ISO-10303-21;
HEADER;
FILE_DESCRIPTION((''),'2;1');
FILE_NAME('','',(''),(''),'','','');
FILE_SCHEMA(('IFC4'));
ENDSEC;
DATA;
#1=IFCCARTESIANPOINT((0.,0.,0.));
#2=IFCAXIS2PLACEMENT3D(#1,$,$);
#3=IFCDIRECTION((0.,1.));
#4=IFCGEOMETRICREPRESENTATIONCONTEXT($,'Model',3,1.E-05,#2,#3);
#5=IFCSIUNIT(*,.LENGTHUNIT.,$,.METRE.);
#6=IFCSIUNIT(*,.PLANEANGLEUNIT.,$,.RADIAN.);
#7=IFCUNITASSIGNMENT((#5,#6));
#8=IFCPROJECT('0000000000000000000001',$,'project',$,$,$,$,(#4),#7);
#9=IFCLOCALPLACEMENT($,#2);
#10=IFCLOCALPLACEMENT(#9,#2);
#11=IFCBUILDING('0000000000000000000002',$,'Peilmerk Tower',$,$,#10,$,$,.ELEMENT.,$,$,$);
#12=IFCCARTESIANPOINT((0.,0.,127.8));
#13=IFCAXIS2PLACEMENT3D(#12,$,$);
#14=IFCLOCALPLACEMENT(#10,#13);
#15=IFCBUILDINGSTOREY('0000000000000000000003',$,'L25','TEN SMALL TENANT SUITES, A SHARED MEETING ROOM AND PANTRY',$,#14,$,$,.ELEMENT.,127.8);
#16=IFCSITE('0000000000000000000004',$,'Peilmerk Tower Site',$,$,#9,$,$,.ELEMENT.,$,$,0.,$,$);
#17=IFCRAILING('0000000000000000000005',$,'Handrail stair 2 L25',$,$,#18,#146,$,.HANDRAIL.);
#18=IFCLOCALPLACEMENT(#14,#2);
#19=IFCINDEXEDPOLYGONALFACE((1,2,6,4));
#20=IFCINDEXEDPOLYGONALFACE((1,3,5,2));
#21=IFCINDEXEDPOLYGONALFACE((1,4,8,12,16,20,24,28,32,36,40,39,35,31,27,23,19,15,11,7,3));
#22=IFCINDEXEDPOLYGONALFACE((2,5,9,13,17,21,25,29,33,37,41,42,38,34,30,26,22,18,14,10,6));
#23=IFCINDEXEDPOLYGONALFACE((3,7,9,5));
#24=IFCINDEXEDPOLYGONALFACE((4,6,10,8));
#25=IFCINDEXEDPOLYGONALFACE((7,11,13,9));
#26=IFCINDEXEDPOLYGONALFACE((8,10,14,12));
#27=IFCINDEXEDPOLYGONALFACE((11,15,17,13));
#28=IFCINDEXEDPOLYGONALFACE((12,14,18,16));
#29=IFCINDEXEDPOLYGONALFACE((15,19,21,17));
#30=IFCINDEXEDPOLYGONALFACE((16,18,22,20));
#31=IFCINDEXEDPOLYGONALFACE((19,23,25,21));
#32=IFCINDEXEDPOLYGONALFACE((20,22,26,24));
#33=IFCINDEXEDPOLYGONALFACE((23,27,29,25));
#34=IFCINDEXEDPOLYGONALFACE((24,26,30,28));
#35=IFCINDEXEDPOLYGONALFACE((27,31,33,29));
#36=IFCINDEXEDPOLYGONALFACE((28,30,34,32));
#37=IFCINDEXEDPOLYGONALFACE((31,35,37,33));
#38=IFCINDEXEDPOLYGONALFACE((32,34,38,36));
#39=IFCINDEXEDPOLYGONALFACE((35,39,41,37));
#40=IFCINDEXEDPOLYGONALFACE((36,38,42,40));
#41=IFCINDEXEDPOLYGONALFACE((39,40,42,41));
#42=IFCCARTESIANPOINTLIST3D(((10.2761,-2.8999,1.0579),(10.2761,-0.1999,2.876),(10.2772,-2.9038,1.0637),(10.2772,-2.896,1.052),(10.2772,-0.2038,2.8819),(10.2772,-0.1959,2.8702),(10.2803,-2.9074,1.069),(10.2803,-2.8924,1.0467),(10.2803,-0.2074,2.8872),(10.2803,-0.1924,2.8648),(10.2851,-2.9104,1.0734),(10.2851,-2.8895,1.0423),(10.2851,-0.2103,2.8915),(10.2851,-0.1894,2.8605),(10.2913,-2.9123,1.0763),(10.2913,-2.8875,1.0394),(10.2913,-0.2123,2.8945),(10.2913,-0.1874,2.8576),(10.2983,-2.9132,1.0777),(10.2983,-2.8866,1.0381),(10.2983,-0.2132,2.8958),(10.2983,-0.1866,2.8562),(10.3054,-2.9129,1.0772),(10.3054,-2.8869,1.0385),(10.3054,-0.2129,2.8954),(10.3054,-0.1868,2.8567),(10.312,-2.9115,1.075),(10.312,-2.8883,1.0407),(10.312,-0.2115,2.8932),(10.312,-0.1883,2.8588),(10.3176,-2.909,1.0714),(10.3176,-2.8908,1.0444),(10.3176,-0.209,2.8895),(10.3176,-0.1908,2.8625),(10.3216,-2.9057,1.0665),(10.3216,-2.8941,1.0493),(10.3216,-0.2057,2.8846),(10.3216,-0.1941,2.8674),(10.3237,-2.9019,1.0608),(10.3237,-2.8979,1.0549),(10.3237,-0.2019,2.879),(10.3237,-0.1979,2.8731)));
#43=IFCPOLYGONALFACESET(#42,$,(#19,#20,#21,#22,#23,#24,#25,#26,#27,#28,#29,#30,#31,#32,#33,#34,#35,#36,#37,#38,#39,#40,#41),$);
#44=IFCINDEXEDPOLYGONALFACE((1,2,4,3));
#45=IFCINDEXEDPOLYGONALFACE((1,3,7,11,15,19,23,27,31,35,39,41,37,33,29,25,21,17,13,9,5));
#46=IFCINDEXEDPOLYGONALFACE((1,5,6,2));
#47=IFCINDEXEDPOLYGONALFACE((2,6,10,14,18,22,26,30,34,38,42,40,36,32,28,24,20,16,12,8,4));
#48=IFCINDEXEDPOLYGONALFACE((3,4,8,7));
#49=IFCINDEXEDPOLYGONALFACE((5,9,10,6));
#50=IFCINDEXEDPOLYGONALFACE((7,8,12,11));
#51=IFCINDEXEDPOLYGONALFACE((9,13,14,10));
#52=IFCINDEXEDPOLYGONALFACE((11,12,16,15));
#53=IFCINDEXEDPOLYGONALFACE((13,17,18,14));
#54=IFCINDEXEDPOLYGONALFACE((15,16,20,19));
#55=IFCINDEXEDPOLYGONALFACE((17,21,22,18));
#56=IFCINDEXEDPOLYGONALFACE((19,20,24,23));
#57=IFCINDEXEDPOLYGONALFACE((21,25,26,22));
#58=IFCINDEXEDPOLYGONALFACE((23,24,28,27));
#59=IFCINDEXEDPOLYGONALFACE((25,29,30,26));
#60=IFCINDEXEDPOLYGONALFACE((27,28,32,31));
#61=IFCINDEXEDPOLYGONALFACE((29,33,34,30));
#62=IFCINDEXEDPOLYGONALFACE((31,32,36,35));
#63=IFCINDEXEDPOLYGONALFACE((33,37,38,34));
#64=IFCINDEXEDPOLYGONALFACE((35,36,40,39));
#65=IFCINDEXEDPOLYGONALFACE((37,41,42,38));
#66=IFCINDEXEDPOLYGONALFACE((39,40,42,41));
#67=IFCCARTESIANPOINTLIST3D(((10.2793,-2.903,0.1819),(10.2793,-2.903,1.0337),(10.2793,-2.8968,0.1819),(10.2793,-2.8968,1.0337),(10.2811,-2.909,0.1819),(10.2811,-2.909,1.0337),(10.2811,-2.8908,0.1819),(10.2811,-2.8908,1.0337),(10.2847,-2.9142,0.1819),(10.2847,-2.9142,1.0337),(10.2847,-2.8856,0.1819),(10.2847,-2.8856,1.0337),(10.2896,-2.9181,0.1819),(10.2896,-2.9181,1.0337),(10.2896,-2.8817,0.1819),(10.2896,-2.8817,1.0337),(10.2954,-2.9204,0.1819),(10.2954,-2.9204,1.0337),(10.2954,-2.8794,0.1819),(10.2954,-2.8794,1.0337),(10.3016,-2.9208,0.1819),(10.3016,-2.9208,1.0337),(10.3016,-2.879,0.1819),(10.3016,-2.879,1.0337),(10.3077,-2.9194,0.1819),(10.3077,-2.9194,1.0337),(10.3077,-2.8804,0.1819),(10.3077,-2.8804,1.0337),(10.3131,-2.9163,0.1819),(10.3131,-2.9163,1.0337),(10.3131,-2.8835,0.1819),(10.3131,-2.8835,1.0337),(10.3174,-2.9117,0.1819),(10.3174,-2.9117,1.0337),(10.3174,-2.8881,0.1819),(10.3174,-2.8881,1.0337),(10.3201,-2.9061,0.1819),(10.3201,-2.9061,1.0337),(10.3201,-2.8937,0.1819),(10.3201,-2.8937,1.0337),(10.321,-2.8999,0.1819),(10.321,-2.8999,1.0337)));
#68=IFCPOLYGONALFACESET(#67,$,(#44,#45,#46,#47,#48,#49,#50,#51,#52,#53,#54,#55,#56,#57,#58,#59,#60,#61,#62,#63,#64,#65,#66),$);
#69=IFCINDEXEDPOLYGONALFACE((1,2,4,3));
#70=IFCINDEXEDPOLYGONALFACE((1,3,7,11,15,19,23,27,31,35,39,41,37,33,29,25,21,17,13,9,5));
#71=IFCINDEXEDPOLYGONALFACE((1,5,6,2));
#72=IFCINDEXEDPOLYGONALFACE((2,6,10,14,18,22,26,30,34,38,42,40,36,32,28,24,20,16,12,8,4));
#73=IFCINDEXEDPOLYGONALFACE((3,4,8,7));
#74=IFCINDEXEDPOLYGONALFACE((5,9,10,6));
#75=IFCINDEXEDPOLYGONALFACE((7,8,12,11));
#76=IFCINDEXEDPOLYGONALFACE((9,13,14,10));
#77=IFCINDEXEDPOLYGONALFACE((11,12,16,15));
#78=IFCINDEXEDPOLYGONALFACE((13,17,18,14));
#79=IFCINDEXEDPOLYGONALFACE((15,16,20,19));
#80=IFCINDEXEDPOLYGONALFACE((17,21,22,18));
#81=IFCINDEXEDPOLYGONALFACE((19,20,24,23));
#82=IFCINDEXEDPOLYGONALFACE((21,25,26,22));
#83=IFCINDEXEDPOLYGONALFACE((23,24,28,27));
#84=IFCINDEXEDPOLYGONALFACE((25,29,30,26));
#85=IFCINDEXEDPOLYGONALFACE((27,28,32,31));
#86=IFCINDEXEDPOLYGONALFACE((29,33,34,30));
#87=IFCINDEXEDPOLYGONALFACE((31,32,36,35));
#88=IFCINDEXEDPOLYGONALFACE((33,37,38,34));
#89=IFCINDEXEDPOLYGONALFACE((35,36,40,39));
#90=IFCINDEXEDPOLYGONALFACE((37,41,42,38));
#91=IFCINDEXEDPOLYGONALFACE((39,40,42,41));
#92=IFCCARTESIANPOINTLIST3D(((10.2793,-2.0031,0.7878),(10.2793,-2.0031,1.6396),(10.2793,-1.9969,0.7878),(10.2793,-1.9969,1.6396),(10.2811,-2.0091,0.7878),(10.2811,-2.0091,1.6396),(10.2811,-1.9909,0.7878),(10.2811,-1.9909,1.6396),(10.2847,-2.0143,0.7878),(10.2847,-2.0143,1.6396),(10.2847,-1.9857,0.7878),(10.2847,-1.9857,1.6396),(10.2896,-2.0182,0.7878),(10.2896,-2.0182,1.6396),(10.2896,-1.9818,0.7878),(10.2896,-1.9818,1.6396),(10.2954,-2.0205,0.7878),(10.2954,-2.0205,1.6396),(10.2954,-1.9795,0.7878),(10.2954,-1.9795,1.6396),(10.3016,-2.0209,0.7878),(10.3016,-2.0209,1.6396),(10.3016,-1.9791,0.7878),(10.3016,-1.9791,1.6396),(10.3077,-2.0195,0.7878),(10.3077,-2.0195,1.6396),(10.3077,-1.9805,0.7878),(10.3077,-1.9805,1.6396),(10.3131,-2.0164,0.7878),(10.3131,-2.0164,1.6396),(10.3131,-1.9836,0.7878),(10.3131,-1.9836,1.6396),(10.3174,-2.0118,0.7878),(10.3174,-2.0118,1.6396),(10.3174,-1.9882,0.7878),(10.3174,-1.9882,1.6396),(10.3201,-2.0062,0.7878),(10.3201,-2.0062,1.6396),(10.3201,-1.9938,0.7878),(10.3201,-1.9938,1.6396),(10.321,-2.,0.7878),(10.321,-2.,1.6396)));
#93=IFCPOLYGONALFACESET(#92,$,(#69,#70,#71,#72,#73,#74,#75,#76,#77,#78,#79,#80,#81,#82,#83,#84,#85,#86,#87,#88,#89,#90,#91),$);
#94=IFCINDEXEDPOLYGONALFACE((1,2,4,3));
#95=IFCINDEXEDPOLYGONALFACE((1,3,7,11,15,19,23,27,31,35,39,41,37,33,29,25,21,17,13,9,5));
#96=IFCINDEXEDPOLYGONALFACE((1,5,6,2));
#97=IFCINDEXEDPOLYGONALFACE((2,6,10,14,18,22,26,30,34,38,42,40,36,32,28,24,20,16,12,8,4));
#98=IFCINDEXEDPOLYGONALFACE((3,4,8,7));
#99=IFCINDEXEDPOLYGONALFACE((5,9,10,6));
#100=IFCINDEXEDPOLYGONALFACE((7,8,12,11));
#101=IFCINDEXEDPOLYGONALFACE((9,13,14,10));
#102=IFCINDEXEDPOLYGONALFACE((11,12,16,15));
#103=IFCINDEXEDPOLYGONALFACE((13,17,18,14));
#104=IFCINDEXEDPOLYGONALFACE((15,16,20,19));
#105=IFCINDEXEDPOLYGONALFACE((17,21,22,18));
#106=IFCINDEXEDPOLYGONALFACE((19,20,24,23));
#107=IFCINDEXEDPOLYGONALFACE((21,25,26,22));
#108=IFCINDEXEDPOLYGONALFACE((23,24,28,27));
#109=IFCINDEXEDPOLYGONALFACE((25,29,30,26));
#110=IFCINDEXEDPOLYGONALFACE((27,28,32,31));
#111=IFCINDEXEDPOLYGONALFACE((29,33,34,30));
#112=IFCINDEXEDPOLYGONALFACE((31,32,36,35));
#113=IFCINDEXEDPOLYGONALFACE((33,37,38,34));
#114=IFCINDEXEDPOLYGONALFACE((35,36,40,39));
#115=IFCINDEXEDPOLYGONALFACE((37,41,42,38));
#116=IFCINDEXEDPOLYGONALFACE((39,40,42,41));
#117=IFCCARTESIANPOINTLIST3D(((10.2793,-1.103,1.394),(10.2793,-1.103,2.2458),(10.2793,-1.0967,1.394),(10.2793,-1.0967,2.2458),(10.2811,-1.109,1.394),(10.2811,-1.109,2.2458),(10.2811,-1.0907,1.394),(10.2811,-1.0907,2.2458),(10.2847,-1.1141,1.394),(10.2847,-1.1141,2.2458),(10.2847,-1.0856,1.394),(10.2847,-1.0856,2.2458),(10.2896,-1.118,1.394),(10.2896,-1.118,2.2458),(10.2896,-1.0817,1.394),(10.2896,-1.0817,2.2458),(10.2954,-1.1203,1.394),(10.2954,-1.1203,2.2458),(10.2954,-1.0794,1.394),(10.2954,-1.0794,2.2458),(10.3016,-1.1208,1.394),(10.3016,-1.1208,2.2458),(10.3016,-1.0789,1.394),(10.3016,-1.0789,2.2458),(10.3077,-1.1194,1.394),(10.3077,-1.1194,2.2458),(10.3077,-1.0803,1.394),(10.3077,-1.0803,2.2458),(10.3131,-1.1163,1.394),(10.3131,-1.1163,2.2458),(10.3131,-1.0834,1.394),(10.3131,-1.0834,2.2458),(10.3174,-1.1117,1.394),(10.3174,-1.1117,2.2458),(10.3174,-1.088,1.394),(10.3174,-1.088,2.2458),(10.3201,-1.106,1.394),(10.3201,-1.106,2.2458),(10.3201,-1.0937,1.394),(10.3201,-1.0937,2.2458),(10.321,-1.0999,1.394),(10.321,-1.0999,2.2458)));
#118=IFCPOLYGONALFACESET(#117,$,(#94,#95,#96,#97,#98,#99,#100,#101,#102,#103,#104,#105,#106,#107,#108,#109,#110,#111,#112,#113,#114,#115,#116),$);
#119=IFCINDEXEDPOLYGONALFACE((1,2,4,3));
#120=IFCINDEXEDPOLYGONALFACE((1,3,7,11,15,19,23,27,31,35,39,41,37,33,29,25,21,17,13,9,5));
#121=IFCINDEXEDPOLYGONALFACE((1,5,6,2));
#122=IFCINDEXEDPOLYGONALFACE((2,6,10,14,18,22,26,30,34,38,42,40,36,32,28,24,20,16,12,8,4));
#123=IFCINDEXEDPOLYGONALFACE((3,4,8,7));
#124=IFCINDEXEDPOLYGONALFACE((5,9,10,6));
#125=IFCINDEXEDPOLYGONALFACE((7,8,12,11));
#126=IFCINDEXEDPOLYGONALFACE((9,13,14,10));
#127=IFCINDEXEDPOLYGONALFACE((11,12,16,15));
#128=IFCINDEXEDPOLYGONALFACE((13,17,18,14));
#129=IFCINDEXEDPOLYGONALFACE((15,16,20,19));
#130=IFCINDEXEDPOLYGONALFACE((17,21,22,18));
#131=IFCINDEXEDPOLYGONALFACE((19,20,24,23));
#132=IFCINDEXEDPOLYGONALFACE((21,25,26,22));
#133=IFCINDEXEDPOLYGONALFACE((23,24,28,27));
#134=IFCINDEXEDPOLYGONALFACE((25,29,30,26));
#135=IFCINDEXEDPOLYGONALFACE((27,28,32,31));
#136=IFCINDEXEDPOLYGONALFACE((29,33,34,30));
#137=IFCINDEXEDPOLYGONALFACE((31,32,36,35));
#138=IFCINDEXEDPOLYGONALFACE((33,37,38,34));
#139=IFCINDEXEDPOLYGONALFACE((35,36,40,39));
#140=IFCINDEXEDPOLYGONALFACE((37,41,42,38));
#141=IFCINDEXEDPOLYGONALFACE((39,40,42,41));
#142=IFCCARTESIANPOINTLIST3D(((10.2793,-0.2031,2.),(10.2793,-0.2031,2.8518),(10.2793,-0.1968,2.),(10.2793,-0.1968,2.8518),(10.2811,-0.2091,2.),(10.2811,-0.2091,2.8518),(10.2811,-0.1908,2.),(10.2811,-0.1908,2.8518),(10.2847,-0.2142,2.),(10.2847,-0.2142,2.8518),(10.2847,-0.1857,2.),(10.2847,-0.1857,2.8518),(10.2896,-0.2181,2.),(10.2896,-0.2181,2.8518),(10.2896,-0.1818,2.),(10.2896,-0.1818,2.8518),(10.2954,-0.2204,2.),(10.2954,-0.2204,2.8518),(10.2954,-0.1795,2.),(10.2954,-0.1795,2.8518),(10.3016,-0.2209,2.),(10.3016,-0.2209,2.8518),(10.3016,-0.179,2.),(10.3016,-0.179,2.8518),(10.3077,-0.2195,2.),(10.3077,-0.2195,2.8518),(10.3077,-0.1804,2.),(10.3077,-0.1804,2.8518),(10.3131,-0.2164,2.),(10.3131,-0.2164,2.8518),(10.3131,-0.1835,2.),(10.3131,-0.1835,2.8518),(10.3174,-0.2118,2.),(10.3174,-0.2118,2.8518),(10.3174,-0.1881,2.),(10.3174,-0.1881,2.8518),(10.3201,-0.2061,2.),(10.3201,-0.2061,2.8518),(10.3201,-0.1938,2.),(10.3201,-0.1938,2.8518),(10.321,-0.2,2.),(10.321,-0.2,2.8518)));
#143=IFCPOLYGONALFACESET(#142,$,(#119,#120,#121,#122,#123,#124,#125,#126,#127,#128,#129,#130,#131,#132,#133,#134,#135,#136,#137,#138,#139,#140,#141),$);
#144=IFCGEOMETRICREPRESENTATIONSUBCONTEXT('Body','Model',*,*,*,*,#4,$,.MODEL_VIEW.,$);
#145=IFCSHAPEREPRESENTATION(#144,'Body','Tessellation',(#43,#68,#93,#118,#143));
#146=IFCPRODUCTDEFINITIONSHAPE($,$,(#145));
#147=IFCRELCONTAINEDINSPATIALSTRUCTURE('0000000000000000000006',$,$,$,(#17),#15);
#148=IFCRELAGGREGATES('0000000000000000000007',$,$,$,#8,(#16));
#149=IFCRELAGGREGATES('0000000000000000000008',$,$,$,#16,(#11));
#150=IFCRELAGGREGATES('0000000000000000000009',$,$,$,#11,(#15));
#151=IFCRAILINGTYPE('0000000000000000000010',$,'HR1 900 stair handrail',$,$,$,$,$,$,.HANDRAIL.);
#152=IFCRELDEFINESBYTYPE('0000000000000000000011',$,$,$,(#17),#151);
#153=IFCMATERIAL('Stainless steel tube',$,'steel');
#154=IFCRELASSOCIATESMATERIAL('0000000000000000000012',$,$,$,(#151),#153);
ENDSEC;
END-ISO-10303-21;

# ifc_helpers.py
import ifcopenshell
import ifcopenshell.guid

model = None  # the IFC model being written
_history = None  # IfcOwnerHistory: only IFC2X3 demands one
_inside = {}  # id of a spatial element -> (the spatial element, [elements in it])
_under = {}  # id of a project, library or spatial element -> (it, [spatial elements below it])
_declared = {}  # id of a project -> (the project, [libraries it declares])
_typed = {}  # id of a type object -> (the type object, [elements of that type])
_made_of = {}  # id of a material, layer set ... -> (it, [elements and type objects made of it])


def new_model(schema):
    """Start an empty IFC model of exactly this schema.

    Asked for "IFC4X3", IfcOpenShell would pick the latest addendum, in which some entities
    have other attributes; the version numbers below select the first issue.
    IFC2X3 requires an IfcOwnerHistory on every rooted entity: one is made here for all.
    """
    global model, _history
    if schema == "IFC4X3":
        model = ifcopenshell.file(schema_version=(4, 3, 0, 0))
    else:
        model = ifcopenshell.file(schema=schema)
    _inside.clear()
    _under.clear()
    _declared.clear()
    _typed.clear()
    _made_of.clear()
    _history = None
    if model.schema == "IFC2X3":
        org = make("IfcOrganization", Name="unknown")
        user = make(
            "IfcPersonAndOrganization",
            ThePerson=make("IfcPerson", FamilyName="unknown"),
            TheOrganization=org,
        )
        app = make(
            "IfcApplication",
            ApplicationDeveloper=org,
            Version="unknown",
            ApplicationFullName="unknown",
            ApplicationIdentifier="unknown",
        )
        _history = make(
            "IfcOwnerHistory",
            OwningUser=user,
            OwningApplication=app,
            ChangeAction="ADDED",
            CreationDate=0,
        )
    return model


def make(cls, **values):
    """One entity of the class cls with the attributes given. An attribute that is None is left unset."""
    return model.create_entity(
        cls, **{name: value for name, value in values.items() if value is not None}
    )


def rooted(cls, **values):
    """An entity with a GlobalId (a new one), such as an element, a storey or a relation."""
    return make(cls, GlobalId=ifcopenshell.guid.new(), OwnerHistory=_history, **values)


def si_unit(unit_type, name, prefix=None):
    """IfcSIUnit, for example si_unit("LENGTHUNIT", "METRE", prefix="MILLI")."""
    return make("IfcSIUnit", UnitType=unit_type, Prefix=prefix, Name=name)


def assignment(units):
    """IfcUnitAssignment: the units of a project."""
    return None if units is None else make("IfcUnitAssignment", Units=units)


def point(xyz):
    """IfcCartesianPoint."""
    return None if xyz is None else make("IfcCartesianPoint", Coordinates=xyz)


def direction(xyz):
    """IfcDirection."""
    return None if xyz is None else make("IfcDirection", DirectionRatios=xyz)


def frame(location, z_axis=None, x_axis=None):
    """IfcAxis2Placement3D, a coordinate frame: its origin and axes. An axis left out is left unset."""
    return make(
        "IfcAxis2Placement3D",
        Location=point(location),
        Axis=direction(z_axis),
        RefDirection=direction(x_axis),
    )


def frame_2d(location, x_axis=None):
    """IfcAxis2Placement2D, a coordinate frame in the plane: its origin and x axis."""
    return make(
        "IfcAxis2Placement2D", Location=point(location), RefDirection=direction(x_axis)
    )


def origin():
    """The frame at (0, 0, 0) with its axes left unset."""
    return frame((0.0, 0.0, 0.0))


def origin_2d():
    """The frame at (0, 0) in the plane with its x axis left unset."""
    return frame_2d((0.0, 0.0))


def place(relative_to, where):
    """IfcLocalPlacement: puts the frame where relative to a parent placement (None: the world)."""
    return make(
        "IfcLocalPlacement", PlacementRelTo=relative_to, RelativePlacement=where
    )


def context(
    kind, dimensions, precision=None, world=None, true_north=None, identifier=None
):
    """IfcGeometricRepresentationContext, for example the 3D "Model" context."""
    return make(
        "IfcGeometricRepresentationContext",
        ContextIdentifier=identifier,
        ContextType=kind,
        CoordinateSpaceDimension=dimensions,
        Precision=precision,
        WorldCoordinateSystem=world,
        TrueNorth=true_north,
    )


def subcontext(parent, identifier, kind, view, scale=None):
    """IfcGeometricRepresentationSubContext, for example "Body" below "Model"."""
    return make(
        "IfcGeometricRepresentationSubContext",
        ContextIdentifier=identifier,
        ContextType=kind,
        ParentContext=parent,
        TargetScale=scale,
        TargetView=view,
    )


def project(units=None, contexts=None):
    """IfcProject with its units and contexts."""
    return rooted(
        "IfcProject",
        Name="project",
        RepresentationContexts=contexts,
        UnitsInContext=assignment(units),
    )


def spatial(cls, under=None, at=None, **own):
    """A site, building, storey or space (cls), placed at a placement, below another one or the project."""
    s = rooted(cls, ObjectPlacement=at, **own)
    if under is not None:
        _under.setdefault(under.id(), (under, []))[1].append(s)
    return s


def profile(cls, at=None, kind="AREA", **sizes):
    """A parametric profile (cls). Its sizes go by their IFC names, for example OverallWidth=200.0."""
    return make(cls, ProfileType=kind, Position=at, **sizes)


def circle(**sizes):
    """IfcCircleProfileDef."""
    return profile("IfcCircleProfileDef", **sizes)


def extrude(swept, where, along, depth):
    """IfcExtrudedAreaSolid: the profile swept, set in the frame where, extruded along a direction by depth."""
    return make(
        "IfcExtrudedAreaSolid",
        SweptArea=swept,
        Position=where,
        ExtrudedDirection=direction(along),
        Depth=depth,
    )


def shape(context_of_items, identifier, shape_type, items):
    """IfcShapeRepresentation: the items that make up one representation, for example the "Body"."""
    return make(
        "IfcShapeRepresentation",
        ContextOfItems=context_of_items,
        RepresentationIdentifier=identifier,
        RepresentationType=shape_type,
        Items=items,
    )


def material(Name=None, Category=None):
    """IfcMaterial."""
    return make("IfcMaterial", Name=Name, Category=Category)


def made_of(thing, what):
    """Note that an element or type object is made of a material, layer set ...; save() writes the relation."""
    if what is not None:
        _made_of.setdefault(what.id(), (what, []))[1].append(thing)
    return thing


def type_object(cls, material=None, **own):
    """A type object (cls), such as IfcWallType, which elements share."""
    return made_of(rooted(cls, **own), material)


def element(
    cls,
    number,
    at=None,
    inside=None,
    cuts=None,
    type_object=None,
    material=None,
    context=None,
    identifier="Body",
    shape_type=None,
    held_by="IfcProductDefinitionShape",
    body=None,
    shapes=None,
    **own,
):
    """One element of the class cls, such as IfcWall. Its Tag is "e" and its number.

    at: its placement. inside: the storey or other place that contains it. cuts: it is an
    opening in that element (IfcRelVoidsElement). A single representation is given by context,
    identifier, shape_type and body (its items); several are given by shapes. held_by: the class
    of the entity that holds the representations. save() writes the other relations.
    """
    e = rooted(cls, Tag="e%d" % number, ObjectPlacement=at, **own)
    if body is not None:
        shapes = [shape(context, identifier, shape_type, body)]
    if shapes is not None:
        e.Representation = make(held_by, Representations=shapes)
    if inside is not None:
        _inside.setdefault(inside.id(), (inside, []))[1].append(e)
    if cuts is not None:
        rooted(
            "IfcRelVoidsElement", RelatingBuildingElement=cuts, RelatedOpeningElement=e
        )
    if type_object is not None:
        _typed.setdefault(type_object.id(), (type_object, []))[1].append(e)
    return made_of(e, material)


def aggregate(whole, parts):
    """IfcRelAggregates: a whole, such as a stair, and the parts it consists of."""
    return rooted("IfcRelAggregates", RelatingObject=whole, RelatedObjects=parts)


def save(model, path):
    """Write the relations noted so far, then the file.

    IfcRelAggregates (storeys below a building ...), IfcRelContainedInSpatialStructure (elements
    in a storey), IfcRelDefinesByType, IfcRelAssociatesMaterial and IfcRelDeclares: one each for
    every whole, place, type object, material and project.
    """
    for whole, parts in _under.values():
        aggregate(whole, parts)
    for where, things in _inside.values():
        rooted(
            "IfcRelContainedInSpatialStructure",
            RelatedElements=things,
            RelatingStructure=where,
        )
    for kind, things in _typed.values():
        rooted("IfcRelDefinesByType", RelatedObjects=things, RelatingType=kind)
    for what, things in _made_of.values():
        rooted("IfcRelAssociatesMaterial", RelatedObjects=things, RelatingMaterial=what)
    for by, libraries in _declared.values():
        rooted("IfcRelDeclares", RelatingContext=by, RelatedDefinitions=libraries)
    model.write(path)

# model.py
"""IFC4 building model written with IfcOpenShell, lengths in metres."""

from ifc_helpers import new_model, si_unit, direction, frame, origin, origin_2d, place, context, subcontext, project, spatial, circle, extrude, material, type_object, element, save


model = new_model("IFC4")

# Units and contexts
model_context = context("Model", 3, precision=1e-05, world=origin(), true_north=direction((0.0, 1.0)))
body_context = subcontext(model_context, "Body", "Model", "MODEL_VIEW")
ifc_project = project(units=[si_unit("LENGTHUNIT", "METRE"), si_unit("PLANEANGLEUNIT", "RADIAN")], contexts=[model_context])

# Site, building, storey
site_placement = place(None, origin())
site = spatial("IfcSite", under=ifc_project, at=site_placement, Name="Peilmerk Tower Site", CompositionType="ELEMENT", RefElevation=0.0)
building_placement = place(site_placement, origin())
building = spatial("IfcBuilding", under=site, at=building_placement, Name="Peilmerk Tower", CompositionType="ELEMENT")
storey_placement = place(building_placement, frame((0.0, 0.0, 127.8)))
storey = spatial("IfcBuildingStorey", under=building, at=storey_placement, Name="L25", Description="TEN SMALL TENANT SUITES, A SHARED MEETING ROOM AND PANTRY", CompositionType="ELEMENT", Elevation=127.8)

# Railing
ifc_material_1 = material(Name="Stainless steel tube", Category="steel")
railing_type_1 = type_object("IfcRailingType", Name="HR1 900 stair handrail", PredefinedType="HANDRAIL", material=ifc_material_1)
railing_1_placement = place(storey_placement, frame((10.3, -2.8999, 0.1819)))
element("IfcRailing", 1, at=railing_1_placement, inside=storey, type_object=railing_type_1, Name="Handrail stair 2 L25", PredefinedType="HANDRAIL", context=body_context, shape_type="SweptSolid", body=[
    extrude(circle(Radius=0.0239, at=origin_2d()), frame((0.0, 0.0, 0.876), z_axis=(0.0, 0.829468, 0.558554), x_axis=(-1.0, 0.0, 0.0)), (0.0, 0.0, 1.0), 3.2551),
    extrude(circle(Radius=0.021, at=origin_2d()), origin(), (0.0, 0.0, 1.0), 0.8518),
    extrude(circle(Radius=0.021, at=origin_2d()), frame((0.0, 0.8999, 0.606)), (0.0, 0.0, 1.0), 0.8518),
    extrude(circle(Radius=0.021, at=origin_2d()), frame((0.0, 1.8, 1.2122)), (0.0, 0.0, 1.0), 0.8518),
    extrude(circle(Radius=0.021, at=origin_2d()), frame((0.0, 2.7, 1.8181)), (0.0, 0.0, 1.0), 0.8518),
])

save(model, "model.ifc")
